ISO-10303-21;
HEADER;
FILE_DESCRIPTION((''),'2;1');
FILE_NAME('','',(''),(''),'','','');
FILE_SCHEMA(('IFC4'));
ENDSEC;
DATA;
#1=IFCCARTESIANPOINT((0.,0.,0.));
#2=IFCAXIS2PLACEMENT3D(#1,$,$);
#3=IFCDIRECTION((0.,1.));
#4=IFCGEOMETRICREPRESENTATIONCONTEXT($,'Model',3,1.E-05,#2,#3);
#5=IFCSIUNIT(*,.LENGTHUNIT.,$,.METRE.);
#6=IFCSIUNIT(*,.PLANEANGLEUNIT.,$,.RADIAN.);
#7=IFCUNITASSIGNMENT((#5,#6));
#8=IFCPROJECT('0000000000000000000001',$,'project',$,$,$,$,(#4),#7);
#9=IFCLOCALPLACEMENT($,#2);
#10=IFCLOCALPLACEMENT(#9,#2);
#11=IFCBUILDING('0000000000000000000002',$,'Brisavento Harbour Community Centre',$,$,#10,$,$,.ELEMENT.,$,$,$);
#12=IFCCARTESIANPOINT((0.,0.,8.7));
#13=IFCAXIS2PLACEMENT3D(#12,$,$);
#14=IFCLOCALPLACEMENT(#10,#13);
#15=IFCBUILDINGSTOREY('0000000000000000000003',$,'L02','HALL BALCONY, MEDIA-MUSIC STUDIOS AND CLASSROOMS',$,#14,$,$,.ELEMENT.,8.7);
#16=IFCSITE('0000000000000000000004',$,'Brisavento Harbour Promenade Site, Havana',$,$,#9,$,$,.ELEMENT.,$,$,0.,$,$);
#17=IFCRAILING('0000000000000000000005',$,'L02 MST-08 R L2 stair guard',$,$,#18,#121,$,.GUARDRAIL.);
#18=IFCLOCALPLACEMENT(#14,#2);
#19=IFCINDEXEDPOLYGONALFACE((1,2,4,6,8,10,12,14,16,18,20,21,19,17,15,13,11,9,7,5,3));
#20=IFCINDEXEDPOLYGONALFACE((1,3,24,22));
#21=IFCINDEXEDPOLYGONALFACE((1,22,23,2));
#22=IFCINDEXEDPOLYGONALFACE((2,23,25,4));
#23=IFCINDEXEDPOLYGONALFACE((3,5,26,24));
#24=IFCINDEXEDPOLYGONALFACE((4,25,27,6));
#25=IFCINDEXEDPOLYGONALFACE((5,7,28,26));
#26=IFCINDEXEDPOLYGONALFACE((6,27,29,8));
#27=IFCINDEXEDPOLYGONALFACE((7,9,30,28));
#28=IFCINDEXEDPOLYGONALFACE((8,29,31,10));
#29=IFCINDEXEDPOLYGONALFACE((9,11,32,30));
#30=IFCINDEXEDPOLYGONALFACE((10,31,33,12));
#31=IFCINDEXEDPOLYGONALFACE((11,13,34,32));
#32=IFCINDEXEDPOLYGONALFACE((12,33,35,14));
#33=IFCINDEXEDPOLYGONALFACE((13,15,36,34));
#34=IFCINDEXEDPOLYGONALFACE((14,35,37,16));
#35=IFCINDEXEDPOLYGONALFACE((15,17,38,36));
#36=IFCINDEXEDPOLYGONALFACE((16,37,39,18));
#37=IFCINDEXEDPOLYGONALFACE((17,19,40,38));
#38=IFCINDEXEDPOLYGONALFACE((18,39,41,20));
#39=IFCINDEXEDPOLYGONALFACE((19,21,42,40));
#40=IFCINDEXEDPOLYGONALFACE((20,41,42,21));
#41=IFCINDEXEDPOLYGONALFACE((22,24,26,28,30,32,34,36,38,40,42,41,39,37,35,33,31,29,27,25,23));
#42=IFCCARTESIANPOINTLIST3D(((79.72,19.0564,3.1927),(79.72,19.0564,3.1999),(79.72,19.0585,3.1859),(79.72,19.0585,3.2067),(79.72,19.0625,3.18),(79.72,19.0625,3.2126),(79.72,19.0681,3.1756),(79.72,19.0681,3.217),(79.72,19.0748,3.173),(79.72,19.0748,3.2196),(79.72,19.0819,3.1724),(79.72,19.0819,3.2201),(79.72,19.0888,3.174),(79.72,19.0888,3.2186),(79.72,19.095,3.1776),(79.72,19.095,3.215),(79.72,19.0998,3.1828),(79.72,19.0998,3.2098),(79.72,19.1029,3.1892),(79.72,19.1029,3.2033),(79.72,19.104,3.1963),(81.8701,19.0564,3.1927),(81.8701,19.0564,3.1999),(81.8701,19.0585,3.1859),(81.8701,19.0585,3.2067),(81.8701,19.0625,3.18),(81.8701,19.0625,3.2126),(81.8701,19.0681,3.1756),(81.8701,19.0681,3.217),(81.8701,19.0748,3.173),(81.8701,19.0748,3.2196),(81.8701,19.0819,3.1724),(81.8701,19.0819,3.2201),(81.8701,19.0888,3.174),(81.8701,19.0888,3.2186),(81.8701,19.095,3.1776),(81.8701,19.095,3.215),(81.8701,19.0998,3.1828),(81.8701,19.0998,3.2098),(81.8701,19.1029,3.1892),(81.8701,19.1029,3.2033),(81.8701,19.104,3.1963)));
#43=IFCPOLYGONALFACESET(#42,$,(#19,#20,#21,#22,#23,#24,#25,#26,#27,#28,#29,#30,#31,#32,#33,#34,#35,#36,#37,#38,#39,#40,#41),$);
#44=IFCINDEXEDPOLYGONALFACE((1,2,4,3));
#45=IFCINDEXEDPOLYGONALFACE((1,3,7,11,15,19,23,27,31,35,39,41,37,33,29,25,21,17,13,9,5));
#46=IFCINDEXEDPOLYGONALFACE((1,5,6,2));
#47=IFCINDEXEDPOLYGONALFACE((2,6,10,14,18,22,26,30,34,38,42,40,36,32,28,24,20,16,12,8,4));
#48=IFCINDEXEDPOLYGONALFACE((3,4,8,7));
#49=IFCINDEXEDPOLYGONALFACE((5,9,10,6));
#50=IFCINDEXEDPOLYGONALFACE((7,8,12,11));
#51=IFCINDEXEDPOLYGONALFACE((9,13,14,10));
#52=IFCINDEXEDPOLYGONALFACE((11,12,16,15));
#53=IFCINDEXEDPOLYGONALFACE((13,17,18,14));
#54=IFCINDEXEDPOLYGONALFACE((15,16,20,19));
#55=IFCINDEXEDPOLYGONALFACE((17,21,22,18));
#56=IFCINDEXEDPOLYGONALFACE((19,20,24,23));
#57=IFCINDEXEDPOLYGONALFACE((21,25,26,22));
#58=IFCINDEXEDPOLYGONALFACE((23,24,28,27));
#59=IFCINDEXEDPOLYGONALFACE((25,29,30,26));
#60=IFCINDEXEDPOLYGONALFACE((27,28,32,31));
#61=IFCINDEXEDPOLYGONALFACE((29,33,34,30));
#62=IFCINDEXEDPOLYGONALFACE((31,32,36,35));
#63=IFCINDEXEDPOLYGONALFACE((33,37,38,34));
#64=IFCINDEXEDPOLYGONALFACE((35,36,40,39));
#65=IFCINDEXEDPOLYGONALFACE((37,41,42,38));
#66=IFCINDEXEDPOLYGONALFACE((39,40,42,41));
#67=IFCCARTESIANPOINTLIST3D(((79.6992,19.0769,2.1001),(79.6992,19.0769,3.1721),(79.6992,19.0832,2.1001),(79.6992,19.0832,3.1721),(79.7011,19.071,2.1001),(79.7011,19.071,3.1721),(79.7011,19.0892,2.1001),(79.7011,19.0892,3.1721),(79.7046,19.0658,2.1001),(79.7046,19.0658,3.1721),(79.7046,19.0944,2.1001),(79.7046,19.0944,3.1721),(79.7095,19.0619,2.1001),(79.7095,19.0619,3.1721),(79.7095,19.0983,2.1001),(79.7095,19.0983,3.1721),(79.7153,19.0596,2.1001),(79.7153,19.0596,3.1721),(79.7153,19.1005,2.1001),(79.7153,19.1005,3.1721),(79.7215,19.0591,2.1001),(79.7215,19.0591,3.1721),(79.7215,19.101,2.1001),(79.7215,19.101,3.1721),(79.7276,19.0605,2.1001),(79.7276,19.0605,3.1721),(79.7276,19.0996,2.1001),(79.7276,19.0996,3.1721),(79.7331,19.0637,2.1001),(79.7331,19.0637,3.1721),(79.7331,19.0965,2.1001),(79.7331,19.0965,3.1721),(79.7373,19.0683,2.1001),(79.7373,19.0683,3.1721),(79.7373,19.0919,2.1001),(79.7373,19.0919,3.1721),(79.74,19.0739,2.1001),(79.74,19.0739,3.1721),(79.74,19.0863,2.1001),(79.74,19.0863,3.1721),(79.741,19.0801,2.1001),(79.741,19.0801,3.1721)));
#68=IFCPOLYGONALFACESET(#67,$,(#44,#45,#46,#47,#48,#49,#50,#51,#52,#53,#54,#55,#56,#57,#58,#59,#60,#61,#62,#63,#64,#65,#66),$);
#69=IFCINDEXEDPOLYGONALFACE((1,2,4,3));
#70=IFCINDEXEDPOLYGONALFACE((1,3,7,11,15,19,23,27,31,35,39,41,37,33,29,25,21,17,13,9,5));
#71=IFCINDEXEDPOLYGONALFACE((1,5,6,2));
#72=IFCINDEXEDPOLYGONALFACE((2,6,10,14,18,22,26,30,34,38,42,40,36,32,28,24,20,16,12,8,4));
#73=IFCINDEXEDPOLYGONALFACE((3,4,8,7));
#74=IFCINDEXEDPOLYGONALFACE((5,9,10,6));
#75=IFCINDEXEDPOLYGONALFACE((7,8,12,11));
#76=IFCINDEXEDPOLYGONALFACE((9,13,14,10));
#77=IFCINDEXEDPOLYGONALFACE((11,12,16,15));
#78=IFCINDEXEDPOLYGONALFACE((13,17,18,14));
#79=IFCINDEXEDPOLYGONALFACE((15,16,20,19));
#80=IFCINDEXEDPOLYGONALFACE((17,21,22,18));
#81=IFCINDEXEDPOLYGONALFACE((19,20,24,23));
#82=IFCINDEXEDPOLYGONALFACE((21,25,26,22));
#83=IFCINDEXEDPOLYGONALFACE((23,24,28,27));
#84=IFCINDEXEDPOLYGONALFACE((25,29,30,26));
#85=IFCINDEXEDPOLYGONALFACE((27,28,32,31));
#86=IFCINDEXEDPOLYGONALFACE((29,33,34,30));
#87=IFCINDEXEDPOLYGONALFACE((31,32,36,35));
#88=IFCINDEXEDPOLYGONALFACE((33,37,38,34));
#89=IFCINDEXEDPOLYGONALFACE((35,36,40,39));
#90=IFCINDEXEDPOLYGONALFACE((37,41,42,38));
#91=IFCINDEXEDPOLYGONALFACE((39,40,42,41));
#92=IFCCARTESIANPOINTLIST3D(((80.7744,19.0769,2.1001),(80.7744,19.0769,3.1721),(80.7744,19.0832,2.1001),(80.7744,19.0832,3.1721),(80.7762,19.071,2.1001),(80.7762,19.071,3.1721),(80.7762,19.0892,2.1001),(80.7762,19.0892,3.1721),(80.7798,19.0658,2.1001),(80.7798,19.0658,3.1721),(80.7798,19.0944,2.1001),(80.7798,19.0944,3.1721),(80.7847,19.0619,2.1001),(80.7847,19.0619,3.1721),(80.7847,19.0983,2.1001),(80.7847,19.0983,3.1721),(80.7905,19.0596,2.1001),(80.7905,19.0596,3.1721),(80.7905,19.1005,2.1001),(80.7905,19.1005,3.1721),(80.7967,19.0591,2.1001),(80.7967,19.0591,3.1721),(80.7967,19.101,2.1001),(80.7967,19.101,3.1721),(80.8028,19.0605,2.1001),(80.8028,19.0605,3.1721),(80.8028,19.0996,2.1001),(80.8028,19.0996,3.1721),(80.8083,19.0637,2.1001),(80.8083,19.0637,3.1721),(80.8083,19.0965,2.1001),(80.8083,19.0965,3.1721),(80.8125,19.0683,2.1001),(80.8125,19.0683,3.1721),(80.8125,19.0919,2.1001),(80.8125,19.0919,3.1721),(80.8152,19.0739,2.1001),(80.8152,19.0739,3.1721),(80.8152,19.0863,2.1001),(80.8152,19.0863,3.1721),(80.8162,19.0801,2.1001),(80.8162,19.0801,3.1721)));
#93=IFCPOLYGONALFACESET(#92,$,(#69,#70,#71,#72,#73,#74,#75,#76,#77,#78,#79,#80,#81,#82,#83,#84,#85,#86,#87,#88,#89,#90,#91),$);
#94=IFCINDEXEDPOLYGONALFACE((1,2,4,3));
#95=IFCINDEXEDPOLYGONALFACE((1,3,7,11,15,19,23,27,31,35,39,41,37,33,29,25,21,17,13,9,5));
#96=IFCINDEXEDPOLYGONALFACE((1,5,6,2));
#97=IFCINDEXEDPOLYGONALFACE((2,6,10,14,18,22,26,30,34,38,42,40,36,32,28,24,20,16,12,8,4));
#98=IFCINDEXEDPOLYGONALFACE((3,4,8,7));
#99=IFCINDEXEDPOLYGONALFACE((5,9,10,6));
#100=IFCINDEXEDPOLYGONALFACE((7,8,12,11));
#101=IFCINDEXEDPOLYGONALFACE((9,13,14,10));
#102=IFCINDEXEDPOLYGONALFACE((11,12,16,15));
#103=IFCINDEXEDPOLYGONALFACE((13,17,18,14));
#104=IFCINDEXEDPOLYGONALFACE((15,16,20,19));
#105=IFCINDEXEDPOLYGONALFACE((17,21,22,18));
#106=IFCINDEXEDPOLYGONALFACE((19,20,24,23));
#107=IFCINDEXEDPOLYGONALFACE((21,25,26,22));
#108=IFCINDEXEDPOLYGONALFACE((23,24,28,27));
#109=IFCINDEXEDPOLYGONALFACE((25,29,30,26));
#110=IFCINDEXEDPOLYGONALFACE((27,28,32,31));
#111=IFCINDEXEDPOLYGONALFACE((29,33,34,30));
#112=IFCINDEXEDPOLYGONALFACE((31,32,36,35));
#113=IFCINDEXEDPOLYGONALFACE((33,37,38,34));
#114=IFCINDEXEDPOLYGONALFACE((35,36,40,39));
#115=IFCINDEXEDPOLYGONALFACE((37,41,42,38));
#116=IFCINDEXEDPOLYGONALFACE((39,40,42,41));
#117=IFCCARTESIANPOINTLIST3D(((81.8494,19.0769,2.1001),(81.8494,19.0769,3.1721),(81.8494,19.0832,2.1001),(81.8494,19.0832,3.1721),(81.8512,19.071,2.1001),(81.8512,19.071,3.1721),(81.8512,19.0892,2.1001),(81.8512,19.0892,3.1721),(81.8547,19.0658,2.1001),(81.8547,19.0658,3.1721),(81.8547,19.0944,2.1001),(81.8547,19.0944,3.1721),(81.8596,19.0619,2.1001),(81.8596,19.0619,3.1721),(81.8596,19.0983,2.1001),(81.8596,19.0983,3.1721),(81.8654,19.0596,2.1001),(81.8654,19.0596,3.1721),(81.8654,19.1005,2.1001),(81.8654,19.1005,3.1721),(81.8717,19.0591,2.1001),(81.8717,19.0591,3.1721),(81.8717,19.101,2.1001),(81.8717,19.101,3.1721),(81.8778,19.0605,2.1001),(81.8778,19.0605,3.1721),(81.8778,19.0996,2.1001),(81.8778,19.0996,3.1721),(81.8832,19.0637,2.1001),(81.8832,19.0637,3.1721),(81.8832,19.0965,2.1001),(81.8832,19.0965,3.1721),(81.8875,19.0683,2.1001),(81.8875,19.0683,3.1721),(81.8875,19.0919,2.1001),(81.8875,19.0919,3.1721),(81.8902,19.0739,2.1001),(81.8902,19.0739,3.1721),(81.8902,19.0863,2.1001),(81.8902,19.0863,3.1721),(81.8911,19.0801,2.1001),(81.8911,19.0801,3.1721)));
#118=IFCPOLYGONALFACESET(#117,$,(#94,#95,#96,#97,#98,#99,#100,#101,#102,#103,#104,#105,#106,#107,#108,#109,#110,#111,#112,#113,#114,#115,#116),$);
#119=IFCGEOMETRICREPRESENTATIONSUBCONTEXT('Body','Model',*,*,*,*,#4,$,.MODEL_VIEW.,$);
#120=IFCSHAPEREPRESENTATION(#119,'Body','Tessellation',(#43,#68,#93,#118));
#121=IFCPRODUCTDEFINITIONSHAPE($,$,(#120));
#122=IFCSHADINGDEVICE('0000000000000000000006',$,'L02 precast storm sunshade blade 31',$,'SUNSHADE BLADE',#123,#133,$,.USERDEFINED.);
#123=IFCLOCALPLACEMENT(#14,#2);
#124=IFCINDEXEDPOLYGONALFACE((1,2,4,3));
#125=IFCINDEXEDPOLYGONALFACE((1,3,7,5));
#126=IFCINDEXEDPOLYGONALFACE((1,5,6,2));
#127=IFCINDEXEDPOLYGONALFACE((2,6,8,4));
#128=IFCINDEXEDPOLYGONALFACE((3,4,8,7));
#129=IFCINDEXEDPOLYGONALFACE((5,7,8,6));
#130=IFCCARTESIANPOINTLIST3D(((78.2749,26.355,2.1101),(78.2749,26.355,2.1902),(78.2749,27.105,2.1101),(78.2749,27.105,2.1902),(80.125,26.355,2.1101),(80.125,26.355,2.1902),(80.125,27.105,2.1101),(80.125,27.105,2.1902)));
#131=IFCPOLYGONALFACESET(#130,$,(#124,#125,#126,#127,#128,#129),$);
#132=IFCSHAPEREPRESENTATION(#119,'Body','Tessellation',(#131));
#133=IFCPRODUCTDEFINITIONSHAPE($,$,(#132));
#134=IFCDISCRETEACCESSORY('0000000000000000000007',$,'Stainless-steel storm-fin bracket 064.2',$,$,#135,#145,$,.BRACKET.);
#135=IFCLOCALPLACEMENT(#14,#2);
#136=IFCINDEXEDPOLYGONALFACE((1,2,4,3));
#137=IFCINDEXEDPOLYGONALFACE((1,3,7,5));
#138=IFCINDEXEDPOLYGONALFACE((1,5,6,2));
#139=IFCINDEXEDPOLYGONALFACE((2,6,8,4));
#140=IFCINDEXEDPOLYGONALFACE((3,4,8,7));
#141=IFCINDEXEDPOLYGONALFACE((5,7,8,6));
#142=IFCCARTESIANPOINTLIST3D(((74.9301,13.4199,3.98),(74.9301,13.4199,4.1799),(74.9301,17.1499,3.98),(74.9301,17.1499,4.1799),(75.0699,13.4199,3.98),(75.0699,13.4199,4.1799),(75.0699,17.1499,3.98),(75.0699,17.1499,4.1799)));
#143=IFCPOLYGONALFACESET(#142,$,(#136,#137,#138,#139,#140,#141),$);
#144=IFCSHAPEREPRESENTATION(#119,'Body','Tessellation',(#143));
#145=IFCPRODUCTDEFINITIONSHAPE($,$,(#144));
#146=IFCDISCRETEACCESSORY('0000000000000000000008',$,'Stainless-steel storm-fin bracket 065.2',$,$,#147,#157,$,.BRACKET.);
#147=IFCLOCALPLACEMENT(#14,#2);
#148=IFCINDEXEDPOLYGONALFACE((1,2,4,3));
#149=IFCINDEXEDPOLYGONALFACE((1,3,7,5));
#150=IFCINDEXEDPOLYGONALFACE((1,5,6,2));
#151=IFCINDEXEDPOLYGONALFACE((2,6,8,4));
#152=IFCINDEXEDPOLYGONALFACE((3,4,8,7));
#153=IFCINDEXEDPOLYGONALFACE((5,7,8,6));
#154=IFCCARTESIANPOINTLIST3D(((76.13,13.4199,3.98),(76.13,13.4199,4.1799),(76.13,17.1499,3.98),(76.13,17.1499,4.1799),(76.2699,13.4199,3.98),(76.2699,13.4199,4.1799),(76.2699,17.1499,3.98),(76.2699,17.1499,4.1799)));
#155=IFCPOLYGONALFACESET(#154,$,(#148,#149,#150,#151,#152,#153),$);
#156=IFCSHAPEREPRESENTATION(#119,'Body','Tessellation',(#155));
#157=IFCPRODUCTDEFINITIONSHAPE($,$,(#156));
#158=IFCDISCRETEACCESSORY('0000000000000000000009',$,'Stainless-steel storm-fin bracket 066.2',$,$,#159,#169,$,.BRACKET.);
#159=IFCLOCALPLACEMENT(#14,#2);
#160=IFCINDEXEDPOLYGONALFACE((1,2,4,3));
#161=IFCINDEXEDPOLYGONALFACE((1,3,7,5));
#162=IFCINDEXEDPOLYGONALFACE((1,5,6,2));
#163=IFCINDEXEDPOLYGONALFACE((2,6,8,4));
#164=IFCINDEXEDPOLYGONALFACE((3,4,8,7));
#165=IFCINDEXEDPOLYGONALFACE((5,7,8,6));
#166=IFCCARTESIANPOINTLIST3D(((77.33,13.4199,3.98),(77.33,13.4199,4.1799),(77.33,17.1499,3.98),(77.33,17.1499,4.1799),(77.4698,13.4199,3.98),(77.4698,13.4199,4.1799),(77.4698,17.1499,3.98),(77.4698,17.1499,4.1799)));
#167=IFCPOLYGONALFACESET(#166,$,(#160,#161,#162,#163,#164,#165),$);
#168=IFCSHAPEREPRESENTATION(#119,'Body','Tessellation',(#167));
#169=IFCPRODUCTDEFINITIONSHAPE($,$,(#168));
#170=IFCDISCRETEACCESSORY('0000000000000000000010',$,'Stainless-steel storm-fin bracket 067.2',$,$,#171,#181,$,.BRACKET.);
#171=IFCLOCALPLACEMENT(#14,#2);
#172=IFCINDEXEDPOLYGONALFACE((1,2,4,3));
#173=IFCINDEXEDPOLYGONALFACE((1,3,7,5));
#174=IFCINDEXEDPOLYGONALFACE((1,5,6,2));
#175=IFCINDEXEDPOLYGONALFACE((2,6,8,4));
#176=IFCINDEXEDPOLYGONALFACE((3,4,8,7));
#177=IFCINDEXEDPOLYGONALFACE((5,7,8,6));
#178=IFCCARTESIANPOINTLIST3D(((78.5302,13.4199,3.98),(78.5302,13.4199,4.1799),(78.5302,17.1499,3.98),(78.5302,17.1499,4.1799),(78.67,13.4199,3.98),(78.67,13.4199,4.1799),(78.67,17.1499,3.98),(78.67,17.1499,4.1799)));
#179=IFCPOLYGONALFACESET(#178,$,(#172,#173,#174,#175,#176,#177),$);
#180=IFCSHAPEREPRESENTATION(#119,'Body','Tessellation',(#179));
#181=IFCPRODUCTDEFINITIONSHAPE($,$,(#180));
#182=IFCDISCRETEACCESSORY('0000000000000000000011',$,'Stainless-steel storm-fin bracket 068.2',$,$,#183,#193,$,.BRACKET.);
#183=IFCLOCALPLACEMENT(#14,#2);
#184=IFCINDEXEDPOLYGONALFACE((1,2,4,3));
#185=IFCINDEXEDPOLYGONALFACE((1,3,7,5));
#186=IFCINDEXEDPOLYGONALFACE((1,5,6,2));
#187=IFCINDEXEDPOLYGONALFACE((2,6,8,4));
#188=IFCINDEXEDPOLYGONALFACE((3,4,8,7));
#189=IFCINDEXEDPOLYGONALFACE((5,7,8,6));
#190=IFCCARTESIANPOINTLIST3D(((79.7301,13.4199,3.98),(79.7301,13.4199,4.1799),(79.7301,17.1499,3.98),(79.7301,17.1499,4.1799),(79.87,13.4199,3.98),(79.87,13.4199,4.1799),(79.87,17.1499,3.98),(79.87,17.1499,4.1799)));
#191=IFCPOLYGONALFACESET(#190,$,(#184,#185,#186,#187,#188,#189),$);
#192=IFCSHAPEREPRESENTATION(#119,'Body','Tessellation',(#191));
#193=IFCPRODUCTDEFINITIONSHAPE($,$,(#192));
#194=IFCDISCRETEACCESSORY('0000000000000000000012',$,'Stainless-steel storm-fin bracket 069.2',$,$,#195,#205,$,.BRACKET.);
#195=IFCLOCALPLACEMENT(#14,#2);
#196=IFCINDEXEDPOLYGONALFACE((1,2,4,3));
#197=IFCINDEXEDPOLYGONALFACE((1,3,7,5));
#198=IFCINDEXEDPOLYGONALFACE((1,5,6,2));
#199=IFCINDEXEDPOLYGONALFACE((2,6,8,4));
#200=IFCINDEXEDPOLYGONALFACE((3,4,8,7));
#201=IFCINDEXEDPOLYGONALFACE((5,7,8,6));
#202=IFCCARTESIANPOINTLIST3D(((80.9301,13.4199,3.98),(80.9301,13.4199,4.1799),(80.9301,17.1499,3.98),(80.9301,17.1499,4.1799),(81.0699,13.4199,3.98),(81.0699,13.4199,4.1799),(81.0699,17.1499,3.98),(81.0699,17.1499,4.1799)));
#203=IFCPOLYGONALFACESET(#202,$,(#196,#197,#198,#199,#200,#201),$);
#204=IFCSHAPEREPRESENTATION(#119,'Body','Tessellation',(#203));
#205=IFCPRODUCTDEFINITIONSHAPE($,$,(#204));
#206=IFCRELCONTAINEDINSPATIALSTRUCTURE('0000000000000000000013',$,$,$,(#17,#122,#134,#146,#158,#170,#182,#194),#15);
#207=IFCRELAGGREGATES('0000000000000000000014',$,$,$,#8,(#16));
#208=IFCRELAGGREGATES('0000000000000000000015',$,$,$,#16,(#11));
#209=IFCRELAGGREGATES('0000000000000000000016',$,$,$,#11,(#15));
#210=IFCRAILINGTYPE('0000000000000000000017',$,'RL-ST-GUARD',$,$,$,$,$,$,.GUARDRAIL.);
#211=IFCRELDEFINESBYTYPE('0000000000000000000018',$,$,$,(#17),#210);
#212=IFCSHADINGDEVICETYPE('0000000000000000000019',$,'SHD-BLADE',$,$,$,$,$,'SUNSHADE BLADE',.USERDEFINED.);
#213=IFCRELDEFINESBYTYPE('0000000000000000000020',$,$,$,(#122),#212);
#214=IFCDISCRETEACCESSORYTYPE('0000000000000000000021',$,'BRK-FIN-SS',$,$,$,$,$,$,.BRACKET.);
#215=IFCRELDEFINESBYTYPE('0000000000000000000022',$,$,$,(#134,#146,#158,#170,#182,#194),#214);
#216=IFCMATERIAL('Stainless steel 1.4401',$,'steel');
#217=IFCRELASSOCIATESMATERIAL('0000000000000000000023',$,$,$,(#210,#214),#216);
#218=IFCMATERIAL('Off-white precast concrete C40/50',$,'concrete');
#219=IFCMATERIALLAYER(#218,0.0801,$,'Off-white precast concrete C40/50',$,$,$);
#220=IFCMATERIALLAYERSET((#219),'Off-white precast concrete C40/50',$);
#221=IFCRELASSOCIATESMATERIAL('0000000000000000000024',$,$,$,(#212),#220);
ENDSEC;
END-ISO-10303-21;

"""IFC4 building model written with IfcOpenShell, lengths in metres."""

from ifc_helpers import new_model, si_unit, direction, frame, origin, origin_2d, place, context, subcontext, project, spatial, rectangle, circle, extrude, material, layer, layer_set, type_object, element, save


model = new_model("IFC4")

# Units and contexts
model_context = context("Model", 3, precision=1e-05, world=origin(), true_north=direction((0.0, 1.0)))
body_context = subcontext(model_context, "Body", "Model", "MODEL_VIEW")
ifc_project = project(units=[si_unit("LENGTHUNIT", "METRE"), si_unit("PLANEANGLEUNIT", "RADIAN")], contexts=[model_context])

# Site, building, storey
site_placement = place(None, origin())
site = spatial("IfcSite", under=ifc_project, at=site_placement, Name="Brisavento Harbour Promenade Site, Havana", CompositionType="ELEMENT", RefElevation=0.0)
building_placement = place(site_placement, origin())
building = spatial("IfcBuilding", under=site, at=building_placement, Name="Brisavento Harbour Community Centre", CompositionType="ELEMENT")
storey_placement = place(building_placement, frame((0.0, 0.0, 8.7)))
storey = spatial("IfcBuildingStorey", under=building, at=storey_placement, Name="L02", Description="HALL BALCONY, MEDIA-MUSIC STUDIOS AND CLASSROOMS", CompositionType="ELEMENT", Elevation=8.7)

# Railing
ifc_material_1 = material(Name="Stainless steel 1.4401", Category="steel")
railing_type = type_object("IfcRailingType", Name="RL-ST-GUARD", PredefinedType="GUARDRAIL", material=ifc_material_1)
railing_1_placement = place(storey_placement, frame((79.72, 19.0801, 2.1001)))
element("IfcRailing", 1, at=railing_1_placement, inside=storey, type_object=railing_type, Name="L02 MST-08 R L2 stair guard", PredefinedType="GUARDRAIL", context=body_context, shape_type="SweptSolid", body=[
    extrude(circle(Radius=0.0239, at=origin_2d()), frame((0.0, 0.0, 1.0962), z_axis=(1.0, 0.0, 0.0), x_axis=(0.0, 1.0, 0.0)), (0.0, 0.0, 1.0), 2.1501),
    extrude(circle(Radius=0.021, at=origin_2d()), origin(), (0.0, 0.0, 1.0), 1.072),
    extrude(circle(Radius=0.021, at=origin_2d()), frame((1.0752, 0.0, 0.0)), (0.0, 0.0, 1.0), 1.072),
    extrude(circle(Radius=0.021, at=origin_2d()), frame((2.1501, 0.0, 0.0)), (0.0, 0.0, 1.0), 1.072),
])

# Shading device
ifc_material_2 = material(Name="Off-white precast concrete C40/50", Category="concrete")
ifc_layer = layer(ifc_material_2, 0.0801, Name="Off-white precast concrete C40/50")
ifc_layer_set = layer_set([ifc_layer], Name="Off-white precast concrete C40/50")
shading_device_type = type_object("IfcShadingDeviceType", Name="SHD-BLADE", ElementType="SUNSHADE BLADE", PredefinedType="USERDEFINED", material=ifc_layer_set)
shading_device_placement = place(storey_placement, frame((79.2, 26.73, 2.1101), z_axis=(0.0, 0.0, 1.0), x_axis=(1.0, 0.0, 0.0)))
element("IfcShadingDevice", 2, at=shading_device_placement, inside=storey, type_object=shading_device_type, Name="L02 precast storm sunshade blade 31", ObjectType="SUNSHADE BLADE", PredefinedType="USERDEFINED", context=body_context, shape_type="SweptSolid", body=[
    extrude(rectangle(XDim=1.8501, YDim=0.75, at=origin_2d()), origin(), (0.0, 0.0, 1.0), 0.0801),
])

# Discrete accessories
discrete_accessory_type = type_object("IfcDiscreteAccessoryType", Name="BRK-FIN-SS", PredefinedType="BRACKET", material=ifc_material_1)
for number, where, z_axis, x_axis, name in (
    (3, (75.0, 15.2849, 3.98), (0.0, 0.0, 1.0), (0.0, -1.0, 0.0), "Stainless-steel storm-fin bracket 064.2"),
    (4, (76.2, 15.2849, 3.98), (0.0, 0.0, 1.0), (0.0, -1.0, 0.0), "Stainless-steel storm-fin bracket 065.2"),
    (5, (77.3999, 15.2849, 3.98), (0.0, 0.0, 1.0), (0.0, -1.0, 0.0), "Stainless-steel storm-fin bracket 066.2"),
    (6, (78.6001, 15.2849, 3.98), (0.0, 0.0, 1.0), (0.0, -1.0, 0.0), "Stainless-steel storm-fin bracket 067.2"),
    (7, (79.8, 15.2849, 3.98), (0.0, 0.0, 1.0), (0.0, -1.0, 0.0), "Stainless-steel storm-fin bracket 068.2"),
    (8, (81.0, 15.2849, 3.98), (0.0, 0.0, 1.0), (0.0, -1.0, 0.0), "Stainless-steel storm-fin bracket 069.2"),
):
    element("IfcDiscreteAccessory", number, at=place(storey_placement, frame(where, z_axis=z_axis, x_axis=x_axis)), inside=storey, type_object=discrete_accessory_type, Name=name, PredefinedType="BRACKET", context=body_context, shape_type="SweptSolid", body=[
        extrude(rectangle(XDim=3.73, YDim=0.1399, at=origin_2d()), origin(), (0.0, 0.0, 1.0), 0.2),
    ])

save(model, "model.ifc")
